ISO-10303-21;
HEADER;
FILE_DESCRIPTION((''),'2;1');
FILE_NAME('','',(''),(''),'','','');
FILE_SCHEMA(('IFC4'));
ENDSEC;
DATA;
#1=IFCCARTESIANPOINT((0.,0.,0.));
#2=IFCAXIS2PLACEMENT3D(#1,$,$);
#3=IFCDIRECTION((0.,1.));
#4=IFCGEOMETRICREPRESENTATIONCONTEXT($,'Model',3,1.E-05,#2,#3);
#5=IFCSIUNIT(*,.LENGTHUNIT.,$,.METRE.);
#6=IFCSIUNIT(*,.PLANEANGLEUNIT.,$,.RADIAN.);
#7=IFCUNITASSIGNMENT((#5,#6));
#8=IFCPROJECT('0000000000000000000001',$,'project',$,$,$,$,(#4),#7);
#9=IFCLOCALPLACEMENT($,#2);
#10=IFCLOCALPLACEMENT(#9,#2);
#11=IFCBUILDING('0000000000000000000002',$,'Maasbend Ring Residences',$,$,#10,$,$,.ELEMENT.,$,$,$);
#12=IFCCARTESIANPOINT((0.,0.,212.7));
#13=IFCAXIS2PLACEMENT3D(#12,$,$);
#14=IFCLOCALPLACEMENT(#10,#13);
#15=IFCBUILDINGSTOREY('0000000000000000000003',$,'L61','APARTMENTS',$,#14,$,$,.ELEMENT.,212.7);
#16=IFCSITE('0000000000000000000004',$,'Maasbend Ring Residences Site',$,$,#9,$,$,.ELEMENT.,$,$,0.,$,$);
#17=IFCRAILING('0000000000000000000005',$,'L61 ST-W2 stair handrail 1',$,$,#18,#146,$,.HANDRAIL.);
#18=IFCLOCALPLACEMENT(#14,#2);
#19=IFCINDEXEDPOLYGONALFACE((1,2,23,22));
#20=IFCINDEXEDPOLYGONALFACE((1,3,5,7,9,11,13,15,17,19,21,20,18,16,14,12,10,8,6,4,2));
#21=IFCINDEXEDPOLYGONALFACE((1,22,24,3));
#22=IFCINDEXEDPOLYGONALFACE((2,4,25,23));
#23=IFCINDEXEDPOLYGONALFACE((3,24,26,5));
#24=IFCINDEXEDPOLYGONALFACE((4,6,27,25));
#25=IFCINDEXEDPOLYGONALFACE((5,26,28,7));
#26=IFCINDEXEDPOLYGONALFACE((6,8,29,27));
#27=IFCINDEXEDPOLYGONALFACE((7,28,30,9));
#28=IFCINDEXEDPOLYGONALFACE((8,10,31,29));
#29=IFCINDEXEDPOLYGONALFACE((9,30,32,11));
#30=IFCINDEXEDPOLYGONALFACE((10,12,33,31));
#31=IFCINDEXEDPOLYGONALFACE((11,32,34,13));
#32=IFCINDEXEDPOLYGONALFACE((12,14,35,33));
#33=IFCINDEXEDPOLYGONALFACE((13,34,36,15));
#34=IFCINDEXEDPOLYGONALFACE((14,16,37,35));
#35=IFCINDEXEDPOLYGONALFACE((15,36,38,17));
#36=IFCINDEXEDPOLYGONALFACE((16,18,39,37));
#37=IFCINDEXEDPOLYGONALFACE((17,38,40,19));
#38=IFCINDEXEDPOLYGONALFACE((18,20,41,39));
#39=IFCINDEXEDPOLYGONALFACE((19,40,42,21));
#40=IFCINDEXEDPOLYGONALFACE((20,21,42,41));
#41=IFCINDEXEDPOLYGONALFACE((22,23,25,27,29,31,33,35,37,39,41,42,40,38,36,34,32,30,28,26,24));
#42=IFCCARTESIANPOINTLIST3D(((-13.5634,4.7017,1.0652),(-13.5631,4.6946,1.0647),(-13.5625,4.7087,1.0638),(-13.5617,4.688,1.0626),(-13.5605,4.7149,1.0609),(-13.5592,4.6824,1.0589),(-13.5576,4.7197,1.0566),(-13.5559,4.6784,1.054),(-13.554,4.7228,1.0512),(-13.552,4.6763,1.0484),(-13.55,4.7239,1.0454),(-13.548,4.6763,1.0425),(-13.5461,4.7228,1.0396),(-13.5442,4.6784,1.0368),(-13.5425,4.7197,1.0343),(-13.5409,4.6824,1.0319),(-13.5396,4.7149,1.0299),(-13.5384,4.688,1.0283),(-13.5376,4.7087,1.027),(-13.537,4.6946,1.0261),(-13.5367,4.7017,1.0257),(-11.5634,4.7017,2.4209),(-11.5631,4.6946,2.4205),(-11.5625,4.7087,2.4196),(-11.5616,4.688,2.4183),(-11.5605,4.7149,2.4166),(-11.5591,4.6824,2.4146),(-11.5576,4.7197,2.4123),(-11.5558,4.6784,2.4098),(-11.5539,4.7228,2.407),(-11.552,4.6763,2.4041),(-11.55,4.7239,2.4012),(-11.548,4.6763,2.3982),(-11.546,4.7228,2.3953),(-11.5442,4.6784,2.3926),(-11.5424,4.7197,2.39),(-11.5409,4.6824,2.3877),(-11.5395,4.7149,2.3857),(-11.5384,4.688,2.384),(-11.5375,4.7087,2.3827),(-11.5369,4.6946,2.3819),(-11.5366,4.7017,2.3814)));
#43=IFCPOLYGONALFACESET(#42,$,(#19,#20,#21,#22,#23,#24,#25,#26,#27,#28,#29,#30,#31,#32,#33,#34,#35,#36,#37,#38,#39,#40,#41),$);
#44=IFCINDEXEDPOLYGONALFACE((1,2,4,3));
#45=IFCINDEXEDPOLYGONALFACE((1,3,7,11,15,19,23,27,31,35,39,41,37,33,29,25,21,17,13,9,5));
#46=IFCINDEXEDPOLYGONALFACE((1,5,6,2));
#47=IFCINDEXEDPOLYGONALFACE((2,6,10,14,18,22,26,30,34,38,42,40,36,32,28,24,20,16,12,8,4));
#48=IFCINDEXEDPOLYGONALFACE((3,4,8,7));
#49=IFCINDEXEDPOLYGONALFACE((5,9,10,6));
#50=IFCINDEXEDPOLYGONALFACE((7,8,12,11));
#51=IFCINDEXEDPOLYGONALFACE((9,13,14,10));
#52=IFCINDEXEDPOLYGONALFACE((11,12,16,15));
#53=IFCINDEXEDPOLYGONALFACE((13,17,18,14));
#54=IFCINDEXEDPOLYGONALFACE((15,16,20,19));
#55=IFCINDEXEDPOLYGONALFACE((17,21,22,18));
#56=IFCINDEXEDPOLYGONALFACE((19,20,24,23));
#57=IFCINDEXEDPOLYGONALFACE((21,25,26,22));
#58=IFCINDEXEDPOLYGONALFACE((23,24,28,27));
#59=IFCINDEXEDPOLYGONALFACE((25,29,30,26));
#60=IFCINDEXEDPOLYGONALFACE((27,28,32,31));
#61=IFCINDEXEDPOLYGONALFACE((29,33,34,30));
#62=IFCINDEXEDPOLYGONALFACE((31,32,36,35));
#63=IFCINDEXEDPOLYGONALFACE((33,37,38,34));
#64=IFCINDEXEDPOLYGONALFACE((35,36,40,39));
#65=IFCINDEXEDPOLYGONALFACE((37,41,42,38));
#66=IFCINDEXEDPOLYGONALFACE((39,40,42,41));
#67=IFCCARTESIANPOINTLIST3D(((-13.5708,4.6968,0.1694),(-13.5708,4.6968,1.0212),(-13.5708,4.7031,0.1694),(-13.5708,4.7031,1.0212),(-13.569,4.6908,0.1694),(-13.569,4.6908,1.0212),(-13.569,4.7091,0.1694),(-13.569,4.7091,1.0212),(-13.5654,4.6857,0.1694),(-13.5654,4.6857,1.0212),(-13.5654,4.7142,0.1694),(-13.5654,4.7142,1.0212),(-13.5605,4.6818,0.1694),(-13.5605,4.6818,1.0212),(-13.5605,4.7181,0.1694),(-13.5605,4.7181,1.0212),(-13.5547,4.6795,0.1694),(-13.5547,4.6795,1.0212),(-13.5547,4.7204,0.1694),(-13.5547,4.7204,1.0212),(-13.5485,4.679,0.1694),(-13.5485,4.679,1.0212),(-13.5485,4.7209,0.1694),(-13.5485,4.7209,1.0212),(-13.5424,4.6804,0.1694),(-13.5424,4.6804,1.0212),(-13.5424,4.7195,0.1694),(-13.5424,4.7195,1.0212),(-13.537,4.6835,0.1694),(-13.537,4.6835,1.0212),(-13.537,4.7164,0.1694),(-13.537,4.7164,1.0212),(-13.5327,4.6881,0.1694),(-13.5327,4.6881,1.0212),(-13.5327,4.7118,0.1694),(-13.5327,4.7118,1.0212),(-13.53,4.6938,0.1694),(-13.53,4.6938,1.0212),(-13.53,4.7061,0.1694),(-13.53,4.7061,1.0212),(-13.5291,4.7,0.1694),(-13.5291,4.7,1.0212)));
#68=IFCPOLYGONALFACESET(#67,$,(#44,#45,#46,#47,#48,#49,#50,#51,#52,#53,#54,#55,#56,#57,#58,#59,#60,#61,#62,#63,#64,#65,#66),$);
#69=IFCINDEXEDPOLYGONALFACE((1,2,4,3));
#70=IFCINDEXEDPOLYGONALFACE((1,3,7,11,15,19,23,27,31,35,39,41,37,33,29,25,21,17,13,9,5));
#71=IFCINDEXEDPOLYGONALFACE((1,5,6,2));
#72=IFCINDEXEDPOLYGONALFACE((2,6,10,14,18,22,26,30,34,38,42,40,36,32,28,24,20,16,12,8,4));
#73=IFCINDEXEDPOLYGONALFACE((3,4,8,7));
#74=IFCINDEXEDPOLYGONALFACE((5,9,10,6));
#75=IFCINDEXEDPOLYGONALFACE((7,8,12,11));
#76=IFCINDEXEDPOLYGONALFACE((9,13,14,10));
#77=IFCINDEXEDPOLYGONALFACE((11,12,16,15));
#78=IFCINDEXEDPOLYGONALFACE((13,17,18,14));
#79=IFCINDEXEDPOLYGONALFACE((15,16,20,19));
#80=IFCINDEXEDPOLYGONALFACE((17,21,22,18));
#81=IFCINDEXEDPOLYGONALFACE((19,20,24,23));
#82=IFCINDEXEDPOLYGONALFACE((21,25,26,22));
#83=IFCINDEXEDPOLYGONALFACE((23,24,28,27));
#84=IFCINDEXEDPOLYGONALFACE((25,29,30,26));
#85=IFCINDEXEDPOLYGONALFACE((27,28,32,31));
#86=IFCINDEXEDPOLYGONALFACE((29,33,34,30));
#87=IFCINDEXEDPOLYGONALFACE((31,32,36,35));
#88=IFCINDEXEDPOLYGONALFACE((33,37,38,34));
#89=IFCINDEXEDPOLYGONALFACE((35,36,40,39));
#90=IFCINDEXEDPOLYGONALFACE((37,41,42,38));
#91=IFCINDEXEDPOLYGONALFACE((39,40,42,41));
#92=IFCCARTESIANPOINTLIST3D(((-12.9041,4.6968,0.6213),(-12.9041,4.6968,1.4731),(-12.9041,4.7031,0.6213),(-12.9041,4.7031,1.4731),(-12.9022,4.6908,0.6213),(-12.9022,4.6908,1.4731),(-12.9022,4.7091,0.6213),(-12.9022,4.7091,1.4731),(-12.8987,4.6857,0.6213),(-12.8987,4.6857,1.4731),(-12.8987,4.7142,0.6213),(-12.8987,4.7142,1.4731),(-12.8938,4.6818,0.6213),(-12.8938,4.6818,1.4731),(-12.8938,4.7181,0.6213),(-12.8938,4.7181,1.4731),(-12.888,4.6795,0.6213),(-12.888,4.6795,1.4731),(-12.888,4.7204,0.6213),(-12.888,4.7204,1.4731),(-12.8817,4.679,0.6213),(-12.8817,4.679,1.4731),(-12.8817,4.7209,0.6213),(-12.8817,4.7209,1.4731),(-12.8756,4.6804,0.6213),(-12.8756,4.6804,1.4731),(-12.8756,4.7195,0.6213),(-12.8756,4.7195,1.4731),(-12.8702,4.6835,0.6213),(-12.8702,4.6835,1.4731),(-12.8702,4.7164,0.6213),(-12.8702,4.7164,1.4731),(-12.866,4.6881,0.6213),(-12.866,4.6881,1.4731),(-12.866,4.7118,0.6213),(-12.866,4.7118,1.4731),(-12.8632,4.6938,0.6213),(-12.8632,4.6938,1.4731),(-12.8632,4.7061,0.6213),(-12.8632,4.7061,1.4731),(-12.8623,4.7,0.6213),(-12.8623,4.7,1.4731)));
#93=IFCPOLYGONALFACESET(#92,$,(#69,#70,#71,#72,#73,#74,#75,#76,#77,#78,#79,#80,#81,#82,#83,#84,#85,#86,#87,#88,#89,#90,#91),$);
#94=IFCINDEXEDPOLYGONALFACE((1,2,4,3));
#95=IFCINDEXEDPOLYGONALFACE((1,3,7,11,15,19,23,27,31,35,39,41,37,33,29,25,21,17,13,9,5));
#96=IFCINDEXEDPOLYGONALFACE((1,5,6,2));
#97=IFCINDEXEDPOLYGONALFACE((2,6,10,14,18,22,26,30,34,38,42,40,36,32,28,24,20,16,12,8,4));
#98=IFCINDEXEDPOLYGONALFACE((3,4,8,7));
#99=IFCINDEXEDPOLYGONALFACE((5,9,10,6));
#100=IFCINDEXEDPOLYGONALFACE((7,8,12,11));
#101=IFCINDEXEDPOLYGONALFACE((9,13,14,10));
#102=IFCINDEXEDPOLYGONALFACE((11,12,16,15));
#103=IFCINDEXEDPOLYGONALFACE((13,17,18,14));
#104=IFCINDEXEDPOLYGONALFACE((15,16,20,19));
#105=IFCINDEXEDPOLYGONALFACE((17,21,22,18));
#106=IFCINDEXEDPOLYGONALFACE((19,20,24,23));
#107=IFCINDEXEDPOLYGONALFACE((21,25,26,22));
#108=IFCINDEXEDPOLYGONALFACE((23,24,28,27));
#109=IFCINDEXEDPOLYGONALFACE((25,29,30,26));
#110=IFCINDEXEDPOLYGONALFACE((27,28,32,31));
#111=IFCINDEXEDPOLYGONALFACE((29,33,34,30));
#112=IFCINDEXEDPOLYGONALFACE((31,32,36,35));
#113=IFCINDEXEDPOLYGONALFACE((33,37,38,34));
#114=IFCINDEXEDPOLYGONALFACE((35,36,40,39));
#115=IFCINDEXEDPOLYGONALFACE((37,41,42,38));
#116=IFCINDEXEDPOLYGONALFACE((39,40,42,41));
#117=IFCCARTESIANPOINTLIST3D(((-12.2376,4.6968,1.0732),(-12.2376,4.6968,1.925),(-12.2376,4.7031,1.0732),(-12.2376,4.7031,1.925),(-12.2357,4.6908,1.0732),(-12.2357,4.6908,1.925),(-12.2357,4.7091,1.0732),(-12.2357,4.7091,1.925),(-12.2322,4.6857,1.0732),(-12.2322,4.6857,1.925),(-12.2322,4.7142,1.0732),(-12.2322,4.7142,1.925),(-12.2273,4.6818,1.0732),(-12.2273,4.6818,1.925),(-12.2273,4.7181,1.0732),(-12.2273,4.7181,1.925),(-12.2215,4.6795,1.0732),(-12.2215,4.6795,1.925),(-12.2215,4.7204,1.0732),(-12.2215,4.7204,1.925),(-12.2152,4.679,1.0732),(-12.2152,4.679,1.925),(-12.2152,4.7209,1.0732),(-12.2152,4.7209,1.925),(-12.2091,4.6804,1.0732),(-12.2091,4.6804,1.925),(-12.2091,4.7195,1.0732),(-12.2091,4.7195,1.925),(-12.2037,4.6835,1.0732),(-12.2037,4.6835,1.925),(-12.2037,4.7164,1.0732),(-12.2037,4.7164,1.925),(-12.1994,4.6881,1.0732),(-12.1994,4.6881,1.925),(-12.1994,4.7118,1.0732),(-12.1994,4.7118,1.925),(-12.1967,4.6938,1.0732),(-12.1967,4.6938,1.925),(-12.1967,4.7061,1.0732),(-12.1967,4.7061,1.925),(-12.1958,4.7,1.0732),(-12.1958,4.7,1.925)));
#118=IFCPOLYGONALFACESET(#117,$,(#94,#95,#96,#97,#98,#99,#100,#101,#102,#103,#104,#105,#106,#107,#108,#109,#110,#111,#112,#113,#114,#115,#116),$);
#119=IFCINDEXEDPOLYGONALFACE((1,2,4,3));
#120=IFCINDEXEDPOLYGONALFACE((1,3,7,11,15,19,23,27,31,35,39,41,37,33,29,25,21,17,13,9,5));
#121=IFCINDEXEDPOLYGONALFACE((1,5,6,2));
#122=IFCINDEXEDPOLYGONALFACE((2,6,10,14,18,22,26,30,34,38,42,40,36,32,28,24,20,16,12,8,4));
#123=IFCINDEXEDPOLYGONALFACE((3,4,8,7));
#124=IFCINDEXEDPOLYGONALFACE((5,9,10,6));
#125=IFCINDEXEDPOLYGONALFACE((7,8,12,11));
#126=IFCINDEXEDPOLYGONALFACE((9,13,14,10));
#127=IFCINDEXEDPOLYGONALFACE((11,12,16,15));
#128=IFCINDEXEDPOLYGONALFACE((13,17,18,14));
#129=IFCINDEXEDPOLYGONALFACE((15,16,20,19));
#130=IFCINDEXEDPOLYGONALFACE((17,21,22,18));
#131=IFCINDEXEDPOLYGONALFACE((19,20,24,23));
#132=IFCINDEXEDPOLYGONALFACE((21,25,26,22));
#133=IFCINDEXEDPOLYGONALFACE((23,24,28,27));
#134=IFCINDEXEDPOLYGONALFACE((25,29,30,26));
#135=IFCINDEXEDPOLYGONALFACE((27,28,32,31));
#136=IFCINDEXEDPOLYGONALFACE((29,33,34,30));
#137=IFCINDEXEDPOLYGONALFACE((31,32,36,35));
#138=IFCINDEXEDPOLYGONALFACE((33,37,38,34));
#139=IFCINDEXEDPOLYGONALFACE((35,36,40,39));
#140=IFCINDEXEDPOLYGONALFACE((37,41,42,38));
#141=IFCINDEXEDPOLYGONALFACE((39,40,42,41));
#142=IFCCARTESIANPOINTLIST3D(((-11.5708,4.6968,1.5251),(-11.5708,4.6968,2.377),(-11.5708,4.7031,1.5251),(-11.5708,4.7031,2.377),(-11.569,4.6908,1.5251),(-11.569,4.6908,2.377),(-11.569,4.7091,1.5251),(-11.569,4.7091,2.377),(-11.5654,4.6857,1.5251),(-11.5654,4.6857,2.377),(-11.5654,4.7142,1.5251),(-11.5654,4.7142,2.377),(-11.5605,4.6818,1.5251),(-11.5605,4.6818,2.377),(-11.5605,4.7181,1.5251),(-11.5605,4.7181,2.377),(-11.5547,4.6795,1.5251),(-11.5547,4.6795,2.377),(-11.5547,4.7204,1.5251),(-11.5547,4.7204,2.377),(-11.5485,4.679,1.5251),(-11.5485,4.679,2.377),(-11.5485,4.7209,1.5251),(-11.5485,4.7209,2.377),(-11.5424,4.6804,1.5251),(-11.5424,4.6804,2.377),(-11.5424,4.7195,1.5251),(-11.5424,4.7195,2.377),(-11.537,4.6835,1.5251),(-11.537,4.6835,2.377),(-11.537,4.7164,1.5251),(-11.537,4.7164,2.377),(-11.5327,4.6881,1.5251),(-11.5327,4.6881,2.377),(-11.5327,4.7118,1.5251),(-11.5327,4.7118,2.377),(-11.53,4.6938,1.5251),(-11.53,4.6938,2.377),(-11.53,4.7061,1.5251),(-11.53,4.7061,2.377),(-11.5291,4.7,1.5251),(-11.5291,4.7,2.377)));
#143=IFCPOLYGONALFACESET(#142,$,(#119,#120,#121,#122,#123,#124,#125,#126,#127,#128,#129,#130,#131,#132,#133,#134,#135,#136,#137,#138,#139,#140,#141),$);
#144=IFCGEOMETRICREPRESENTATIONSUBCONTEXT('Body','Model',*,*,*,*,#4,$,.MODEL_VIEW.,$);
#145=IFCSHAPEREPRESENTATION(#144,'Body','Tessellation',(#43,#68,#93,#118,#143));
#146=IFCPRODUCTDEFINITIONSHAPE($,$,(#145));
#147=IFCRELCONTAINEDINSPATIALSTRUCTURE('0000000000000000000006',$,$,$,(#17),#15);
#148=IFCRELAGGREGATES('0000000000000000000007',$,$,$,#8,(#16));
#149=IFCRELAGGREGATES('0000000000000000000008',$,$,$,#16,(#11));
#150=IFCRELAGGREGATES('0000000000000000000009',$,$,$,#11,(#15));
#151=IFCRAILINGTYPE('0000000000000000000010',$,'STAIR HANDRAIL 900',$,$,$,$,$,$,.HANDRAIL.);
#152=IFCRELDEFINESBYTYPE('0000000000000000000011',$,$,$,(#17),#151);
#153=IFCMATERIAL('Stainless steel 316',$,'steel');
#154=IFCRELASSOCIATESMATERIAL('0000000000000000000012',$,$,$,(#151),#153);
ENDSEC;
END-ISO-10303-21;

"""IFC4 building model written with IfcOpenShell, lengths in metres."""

from ifc_helpers import new_model, si_unit, direction, frame, origin, origin_2d, place, context, subcontext, project, spatial, circle, extrude, material, type_object, element, save


model = new_model("IFC4")

# Units and contexts
model_context = context("Model", 3, precision=1e-05, world=origin(), true_north=direction((0.0, 1.0)))
body_context = subcontext(model_context, "Body", "Model", "MODEL_VIEW")
ifc_project = project(units=[si_unit("LENGTHUNIT", "METRE"), si_unit("PLANEANGLEUNIT", "RADIAN")], contexts=[model_context])

# Site, building, storey
site_placement = place(None, origin())
site = spatial("IfcSite", under=ifc_project, at=site_placement, Name="Maasbend Ring Residences Site", CompositionType="ELEMENT", RefElevation=0.0)
building_placement = place(site_placement, origin())
building = spatial("IfcBuilding", under=site, at=building_placement, Name="Maasbend Ring Residences", CompositionType="ELEMENT")
storey_placement = place(building_placement, frame((0.0, 0.0, 212.7)))
storey = spatial("IfcBuildingStorey", under=building, at=storey_placement, Name="L61", Description="APARTMENTS", CompositionType="ELEMENT", Elevation=212.7)

# Railing
ifc_material_1 = material(Name="Stainless steel 316", Category="steel")
railing_type_1 = type_object("IfcRailingType", Name="STAIR HANDRAIL 900", PredefinedType="HANDRAIL", material=ifc_material_1)
railing_1_placement = place(storey_placement, frame((-13.55, 4.7, 0.1694)))
element("IfcRailing", 1, at=railing_1_placement, inside=storey, type_object=railing_type_1, Name="L61 ST-W2 stair handrail 1", PredefinedType="HANDRAIL", context=body_context, shape_type="SweptSolid", body=[
    extrude(circle(Radius=0.0239, at=origin_2d()), frame((0.0, 0.0, 0.876), z_axis=(0.827751, 0.0, 0.561096), x_axis=(0.0, 1.0, 0.0)), (0.0, 0.0, 1.0), 2.4163),
    extrude(circle(Radius=0.021, at=origin_2d()), origin(), (0.0, 0.0, 1.0), 0.8518),
    extrude(circle(Radius=0.021, at=origin_2d()), frame((0.6667, 0.0, 0.4519)), (0.0, 0.0, 1.0), 0.8518),
    extrude(circle(Radius=0.021, at=origin_2d()), frame((1.3333, 0.0, 0.9038)), (0.0, 0.0, 1.0), 0.8518),
    extrude(circle(Radius=0.021, at=origin_2d()), frame((2.0, 0.0, 1.3557)), (0.0, 0.0, 1.0), 0.8518),
])

save(model, "model.ifc")
